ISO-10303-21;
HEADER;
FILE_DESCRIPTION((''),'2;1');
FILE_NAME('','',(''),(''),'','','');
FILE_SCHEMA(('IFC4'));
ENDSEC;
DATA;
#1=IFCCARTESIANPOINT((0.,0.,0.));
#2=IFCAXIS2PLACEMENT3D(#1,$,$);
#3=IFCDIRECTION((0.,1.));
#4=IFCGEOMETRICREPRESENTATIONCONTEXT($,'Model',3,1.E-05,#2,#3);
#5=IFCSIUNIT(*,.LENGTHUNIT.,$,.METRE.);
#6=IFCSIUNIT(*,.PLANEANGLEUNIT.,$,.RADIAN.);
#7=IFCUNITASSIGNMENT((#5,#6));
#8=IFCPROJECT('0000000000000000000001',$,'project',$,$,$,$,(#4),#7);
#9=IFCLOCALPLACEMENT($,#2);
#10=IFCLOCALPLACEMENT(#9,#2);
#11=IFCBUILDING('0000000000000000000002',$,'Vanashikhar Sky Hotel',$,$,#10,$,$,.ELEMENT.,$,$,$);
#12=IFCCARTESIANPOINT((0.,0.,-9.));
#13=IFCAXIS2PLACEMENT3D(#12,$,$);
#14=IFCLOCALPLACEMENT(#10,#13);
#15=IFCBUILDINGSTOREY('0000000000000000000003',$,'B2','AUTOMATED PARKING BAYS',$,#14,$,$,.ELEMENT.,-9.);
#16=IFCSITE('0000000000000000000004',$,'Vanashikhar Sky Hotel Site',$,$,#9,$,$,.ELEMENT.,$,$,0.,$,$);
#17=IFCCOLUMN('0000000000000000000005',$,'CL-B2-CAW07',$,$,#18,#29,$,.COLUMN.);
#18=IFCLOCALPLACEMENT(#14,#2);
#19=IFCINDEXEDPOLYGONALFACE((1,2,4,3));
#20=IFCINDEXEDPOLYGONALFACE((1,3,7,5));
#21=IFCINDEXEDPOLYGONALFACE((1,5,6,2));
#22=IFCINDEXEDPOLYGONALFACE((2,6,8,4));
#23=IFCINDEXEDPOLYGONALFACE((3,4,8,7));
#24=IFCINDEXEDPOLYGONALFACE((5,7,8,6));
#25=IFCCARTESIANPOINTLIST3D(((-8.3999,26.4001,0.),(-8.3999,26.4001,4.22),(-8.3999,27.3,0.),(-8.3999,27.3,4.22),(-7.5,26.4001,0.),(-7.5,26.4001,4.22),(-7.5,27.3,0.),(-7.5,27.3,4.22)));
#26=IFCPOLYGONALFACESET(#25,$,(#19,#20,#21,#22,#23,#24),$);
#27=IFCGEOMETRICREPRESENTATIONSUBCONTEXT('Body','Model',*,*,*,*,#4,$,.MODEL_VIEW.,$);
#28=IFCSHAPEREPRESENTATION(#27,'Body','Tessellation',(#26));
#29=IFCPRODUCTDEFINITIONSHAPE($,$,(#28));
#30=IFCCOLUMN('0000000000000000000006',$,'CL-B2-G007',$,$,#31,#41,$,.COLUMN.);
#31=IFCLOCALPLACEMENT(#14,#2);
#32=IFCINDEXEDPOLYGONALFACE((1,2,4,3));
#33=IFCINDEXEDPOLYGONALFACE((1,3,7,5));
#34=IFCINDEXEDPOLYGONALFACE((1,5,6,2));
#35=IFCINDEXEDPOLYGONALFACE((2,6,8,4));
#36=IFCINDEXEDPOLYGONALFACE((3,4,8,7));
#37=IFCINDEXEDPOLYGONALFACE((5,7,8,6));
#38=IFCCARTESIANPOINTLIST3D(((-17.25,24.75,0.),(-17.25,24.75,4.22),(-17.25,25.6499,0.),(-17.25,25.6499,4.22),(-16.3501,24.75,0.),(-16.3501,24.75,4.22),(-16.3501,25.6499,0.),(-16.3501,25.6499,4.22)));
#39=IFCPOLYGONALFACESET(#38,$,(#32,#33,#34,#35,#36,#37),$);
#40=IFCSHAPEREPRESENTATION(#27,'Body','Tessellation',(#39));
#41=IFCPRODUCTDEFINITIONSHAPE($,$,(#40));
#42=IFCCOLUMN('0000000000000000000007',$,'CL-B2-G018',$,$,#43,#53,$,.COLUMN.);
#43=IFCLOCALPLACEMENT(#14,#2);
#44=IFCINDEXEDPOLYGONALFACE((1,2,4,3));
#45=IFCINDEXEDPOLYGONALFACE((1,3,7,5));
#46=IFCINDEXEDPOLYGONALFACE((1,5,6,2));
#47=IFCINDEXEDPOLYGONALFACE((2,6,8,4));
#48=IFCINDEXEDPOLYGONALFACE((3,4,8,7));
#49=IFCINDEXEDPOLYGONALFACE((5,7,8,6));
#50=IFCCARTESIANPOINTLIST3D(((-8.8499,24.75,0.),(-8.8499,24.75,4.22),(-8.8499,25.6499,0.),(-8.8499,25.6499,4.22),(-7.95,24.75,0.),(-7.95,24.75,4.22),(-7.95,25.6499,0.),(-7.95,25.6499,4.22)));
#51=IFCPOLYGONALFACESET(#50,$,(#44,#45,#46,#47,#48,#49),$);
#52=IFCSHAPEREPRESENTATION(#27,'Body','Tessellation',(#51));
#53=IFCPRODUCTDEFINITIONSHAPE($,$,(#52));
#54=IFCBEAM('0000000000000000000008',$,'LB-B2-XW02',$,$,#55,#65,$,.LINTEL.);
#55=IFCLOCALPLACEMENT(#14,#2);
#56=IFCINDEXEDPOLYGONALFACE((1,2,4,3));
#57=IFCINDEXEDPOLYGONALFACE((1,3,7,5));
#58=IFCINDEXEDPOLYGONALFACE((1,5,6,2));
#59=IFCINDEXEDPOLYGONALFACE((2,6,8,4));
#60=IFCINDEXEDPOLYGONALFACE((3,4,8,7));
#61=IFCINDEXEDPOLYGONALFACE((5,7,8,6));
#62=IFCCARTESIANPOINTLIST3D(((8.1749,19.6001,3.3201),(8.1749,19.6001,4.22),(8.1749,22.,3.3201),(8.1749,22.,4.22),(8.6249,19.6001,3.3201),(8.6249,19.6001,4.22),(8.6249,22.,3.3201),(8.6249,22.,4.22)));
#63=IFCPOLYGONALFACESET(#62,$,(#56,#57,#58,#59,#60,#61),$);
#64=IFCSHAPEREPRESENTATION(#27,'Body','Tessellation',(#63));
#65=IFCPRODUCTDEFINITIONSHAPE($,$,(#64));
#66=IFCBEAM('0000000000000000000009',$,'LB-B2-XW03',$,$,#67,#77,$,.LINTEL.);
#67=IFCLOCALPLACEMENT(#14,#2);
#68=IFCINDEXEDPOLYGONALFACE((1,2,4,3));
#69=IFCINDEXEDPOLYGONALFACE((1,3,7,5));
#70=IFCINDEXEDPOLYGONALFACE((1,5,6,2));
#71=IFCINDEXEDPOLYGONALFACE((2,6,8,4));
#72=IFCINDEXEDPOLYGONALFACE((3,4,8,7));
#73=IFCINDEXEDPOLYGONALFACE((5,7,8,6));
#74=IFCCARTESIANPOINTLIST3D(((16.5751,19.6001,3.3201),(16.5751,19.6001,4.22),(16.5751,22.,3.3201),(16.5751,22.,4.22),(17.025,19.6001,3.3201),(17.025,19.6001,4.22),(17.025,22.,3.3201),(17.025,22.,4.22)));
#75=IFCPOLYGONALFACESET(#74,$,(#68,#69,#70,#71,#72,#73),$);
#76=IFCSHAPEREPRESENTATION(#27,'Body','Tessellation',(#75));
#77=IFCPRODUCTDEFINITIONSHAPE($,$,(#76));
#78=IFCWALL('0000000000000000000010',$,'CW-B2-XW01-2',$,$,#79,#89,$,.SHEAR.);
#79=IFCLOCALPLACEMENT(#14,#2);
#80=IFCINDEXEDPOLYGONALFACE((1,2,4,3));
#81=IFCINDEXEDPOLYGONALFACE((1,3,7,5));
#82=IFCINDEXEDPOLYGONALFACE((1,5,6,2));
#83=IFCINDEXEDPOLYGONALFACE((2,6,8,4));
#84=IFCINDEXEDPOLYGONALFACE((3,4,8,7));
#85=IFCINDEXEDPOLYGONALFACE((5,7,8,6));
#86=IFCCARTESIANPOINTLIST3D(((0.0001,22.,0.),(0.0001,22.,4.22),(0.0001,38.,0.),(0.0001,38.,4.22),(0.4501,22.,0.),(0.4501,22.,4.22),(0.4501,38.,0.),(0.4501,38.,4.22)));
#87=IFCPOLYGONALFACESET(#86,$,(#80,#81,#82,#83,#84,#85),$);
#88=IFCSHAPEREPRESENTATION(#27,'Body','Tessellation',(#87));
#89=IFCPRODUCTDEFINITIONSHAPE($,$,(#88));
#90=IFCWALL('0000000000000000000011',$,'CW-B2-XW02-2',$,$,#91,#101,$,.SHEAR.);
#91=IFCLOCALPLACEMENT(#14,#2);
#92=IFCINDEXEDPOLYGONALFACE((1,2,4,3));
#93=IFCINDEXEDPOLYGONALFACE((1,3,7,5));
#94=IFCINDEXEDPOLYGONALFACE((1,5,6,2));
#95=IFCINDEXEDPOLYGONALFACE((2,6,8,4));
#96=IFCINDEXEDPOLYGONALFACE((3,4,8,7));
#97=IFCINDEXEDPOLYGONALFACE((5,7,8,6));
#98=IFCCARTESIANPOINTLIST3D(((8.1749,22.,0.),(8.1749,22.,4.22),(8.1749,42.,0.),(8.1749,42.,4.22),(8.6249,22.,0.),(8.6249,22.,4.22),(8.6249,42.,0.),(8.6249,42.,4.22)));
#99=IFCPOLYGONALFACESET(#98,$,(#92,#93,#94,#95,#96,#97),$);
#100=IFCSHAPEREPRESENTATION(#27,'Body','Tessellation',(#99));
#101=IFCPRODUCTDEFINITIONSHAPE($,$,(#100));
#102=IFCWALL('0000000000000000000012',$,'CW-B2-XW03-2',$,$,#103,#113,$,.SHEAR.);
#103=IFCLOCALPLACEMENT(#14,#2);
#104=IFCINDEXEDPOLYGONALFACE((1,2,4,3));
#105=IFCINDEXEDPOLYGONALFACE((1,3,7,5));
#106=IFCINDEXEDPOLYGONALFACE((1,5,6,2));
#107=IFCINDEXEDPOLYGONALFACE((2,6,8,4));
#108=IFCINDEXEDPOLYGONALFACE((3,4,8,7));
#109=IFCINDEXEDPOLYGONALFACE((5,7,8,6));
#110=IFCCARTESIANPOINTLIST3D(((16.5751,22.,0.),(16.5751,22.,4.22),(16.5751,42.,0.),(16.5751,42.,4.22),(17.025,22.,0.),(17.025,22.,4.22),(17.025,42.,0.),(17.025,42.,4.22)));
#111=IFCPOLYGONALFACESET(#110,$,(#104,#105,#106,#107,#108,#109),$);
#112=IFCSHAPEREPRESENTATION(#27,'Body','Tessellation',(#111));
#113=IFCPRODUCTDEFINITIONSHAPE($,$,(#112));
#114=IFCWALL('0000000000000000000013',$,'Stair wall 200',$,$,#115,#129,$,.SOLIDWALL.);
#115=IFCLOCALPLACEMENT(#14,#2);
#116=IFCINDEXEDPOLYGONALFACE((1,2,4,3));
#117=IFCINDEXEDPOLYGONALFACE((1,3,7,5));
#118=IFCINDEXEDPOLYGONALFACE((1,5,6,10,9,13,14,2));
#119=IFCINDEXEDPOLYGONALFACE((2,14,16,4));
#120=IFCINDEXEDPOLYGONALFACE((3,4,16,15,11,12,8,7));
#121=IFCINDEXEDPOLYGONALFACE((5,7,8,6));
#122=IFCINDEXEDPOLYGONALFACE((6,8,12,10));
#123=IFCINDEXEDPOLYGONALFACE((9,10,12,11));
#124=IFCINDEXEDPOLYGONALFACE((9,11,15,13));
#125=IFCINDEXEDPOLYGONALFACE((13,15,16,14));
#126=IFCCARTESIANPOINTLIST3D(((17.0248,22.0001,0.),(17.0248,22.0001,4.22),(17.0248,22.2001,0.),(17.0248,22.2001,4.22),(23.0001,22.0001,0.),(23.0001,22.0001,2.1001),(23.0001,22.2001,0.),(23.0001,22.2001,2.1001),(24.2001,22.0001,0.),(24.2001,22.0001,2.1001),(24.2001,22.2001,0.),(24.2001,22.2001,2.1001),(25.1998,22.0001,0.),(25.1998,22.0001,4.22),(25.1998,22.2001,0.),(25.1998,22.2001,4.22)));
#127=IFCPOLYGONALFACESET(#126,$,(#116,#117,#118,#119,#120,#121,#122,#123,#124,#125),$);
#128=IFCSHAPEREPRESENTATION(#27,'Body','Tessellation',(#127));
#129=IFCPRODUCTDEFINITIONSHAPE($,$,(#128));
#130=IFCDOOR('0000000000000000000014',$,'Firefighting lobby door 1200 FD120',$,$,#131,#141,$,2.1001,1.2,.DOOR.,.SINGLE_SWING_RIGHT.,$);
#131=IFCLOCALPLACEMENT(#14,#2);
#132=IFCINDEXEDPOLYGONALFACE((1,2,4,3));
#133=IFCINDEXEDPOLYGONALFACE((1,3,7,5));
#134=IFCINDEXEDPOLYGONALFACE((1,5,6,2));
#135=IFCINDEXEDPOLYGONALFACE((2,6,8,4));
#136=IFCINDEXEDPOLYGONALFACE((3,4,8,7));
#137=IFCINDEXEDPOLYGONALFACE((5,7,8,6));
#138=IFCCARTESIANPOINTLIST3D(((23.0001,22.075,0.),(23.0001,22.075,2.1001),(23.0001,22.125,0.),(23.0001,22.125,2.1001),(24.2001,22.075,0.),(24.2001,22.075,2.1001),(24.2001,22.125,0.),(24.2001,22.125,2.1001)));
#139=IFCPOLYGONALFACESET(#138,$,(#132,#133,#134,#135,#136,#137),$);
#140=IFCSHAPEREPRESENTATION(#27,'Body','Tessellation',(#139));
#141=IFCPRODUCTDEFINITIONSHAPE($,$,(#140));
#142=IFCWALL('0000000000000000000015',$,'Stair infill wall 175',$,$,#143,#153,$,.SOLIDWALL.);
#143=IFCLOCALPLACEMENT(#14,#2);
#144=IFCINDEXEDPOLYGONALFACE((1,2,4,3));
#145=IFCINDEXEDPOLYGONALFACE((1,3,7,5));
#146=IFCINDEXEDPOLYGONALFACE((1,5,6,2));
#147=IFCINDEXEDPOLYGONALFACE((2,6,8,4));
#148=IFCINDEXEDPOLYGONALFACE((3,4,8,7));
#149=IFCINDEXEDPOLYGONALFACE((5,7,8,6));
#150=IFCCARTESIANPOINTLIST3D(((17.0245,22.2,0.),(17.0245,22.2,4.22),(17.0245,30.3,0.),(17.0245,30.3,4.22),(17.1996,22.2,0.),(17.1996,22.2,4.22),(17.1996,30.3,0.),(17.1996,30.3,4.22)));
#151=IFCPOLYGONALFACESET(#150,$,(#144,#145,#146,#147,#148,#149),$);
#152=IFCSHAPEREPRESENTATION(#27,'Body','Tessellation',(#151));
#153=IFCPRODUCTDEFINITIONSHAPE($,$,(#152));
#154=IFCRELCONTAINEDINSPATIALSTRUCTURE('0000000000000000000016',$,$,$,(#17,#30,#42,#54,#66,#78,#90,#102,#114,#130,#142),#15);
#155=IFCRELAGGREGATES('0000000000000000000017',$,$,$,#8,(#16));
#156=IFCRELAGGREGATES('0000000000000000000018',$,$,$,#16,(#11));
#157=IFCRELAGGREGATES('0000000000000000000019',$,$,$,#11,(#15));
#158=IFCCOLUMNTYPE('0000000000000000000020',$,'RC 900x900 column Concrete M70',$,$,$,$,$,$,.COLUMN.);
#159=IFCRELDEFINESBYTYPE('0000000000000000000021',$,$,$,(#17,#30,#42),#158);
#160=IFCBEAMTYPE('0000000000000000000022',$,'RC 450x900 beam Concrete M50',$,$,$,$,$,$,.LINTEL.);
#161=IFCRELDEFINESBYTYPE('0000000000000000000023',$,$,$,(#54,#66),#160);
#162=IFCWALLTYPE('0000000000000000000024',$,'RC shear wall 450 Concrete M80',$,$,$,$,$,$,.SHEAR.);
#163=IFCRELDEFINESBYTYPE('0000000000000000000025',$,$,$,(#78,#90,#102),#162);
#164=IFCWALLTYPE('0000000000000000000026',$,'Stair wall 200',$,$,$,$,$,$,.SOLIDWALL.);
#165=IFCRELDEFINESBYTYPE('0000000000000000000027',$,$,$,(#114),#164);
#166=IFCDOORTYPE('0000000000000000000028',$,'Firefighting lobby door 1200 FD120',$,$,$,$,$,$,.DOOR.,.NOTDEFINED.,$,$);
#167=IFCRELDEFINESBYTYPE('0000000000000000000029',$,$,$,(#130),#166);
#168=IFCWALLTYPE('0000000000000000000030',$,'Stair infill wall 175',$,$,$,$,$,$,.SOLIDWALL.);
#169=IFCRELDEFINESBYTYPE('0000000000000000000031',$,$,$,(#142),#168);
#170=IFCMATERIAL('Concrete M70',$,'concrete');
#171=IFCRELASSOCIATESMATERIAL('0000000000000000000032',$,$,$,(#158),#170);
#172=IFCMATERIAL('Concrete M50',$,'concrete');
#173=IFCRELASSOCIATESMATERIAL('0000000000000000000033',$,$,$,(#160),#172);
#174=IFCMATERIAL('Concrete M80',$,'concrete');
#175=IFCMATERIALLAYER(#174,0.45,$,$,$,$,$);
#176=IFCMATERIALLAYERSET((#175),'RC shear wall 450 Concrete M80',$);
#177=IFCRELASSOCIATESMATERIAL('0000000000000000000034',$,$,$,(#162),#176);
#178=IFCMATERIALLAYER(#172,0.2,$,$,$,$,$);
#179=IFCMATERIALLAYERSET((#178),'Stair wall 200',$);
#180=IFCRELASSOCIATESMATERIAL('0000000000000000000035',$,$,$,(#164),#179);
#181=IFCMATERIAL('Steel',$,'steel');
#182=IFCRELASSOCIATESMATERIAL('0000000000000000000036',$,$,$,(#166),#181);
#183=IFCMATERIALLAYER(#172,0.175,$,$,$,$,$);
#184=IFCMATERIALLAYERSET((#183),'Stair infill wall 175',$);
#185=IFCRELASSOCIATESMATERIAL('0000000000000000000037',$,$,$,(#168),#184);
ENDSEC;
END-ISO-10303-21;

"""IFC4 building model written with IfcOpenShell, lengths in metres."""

from ifc_helpers import new_model, si_unit, direction, frame, frame_2d, origin, origin_2d, place, context, subcontext, project, spatial, rectangle, extrude, source, transform, mapped, material, layer, layer_set, material_profile, profile_set, type_object, element, fill, save


model = new_model("IFC4")

# Units and contexts
model_context = context("Model", 3, precision=1e-05, world=origin(), true_north=direction((0.0, 1.0)))
body_context = subcontext(model_context, "Body", "Model", "MODEL_VIEW")
ifc_project = project(units=[si_unit("LENGTHUNIT", "METRE"), si_unit("PLANEANGLEUNIT", "RADIAN")], contexts=[model_context])

# Site, building, storey
site_placement = place(None, origin())
site = spatial("IfcSite", under=ifc_project, at=site_placement, Name="Vanashikhar Sky Hotel Site", CompositionType="ELEMENT", RefElevation=0.0)
building_placement = place(site_placement, origin())
building = spatial("IfcBuilding", under=site, at=building_placement, Name="Vanashikhar Sky Hotel", CompositionType="ELEMENT")
storey_placement = place(building_placement, frame((0.0, 0.0, -9.0)))
storey = spatial("IfcBuildingStorey", under=building, at=storey_placement, Name="B2", Description="AUTOMATED PARKING BAYS", CompositionType="ELEMENT", Elevation=-9.0)

# Columns
ifc_material_1 = material(Name="Concrete M70", Category="concrete")
ifc_material_profile_1 = material_profile(ifc_material_1, rectangle(XDim=0.8999, YDim=0.8999, at=origin_2d()))
ifc_profile_set_1 = profile_set([ifc_material_profile_1], Name="RC 900x900 column Concrete M70")
column_type = type_object("IfcColumnType", Name="RC 900x900 column Concrete M70", PredefinedType="COLUMN", material=ifc_profile_set_1)
shared_shape_1 = source(origin(), body_context, "Body", "SweptSolid", [
    extrude(rectangle(XDim=0.8999, YDim=0.8999, at=origin_2d()), origin(), (0.0, 0.0, 1.0), 4.22),
])
for number, where, z_axis, x_axis, name in (
    (1, (-7.95, 26.8501, 0.0), (0.0, 0.0, 1.0), (1.0, 0.0, 0.0), "CL-B2-CAW07"),
    (2, (-16.8, 25.2, 0.0), (0.0, 0.0, 1.0), (1.0, 0.0, 0.0), "CL-B2-G007"),
    (3, (-8.3999, 25.2, 0.0), (0.0, 0.0, 1.0), (1.0, 0.0, 0.0), "CL-B2-G018"),
):
    element("IfcColumn", number, at=place(storey_placement, frame(where, z_axis=z_axis, x_axis=x_axis)), inside=storey, type_object=column_type, Name=name, PredefinedType="COLUMN", context=body_context, shape_type="MappedRepresentation", body=[
        mapped(shared_shape_1, transform((0.0, 0.0, 0.0), scale=1.0)),
    ])

# Beams
ifc_material_2 = material(Name="Concrete M50", Category="concrete")
ifc_material_profile_2 = material_profile(ifc_material_2, rectangle(XDim=0.45, YDim=0.8999, at=origin_2d()))
ifc_profile_set_2 = profile_set([ifc_material_profile_2], Name="RC 450x900 beam Concrete M50")
beam_type = type_object("IfcBeamType", Name="RC 450x900 beam Concrete M50", PredefinedType="LINTEL", material=ifc_profile_set_2)
shared_shape_2 = source(origin(), body_context, "Body", "SweptSolid", [
    extrude(rectangle(XDim=0.45, YDim=0.8999, at=origin_2d()), origin(), (0.0, 0.0, 1.0), 2.3999),
])
for number, where, z_axis, x_axis, name in (
    (4, (8.3999, 19.6001, 3.77), (0.0, 1.0, 0.0), (-1.0, 0.0, 0.0), "LB-B2-XW02"),
    (5, (16.8, 19.6001, 3.77), (0.0, 1.0, 0.0), (-1.0, 0.0, 0.0), "LB-B2-XW03"),
):
    element("IfcBeam", number, at=place(storey_placement, frame(where, z_axis=z_axis, x_axis=x_axis)), inside=storey, type_object=beam_type, Name=name, PredefinedType="LINTEL", context=body_context, shape_type="MappedRepresentation", body=[
        mapped(shared_shape_2, transform((0.0, 0.0, 0.0), scale=1.0)),
    ])

# Walls
ifc_material_3 = material(Name="Concrete M80", Category="concrete")
ifc_layer_1 = layer(ifc_material_3, 0.45)
ifc_layer_set_1 = layer_set([ifc_layer_1], Name="RC shear wall 450 Concrete M80")
wall_type_1 = type_object("IfcWallType", Name="RC shear wall 450 Concrete M80", PredefinedType="SHEAR", material=ifc_layer_set_1)
shared_shape_3 = source(origin(), body_context, "Body", "SweptSolid", [
    extrude(rectangle(XDim=16.0, YDim=0.45, at=frame_2d((8.0, 0.0))), origin(), (0.0, 0.0, 1.0), 4.22),
])
wall_1_placement = place(storey_placement, frame((0.2251, 22.0, 0.0), z_axis=(0.0, 0.0, 1.0), x_axis=(0.0, 1.0, 0.0)))
element("IfcWall", 6, at=wall_1_placement, inside=storey, type_object=wall_type_1, Name="CW-B2-XW01-2", PredefinedType="SHEAR", context=body_context, shape_type="MappedRepresentation", body=[
    mapped(shared_shape_3, transform((0.0, 0.0, 0.0), scale=1.0)),
])
shared_shape_4 = source(origin(), body_context, "Body", "SweptSolid", [
    extrude(rectangle(XDim=20.0, YDim=0.45, at=frame_2d((10.0, 0.0))), origin(), (0.0, 0.0, 1.0), 4.22),
])
for number, where, z_axis, x_axis, name in (
    (7, (8.3999, 22.0, 0.0), (0.0, 0.0, 1.0), (0.0, 1.0, 0.0), "CW-B2-XW02-2"),
    (8, (16.8, 22.0, 0.0), (0.0, 0.0, 1.0), (0.0, 1.0, 0.0), "CW-B2-XW03-2"),
):
    element("IfcWall", number, at=place(storey_placement, frame(where, z_axis=z_axis, x_axis=x_axis)), inside=storey, type_object=wall_type_1, Name=name, PredefinedType="SHEAR", context=body_context, shape_type="MappedRepresentation", body=[
        mapped(shared_shape_4, transform((0.0, 0.0, 0.0), scale=1.0)),
    ])

# Wall, opening, door
ifc_layer_2 = layer(ifc_material_2, 0.2)
ifc_layer_set_2 = layer_set([ifc_layer_2], Name="Stair wall 200")
wall_type_2 = type_object("IfcWallType", Name="Stair wall 200", PredefinedType="SOLIDWALL", material=ifc_layer_set_2)
shared_shape_5 = source(origin(), body_context, "Body", "SweptSolid", [
    extrude(rectangle(XDim=8.175, YDim=0.2, at=frame_2d((4.0874, 0.0))), origin(), (0.0, 0.0, 1.0), 4.22),
])
wall_2_placement = place(storey_placement, frame((17.0249, 22.1001, 0.0), z_axis=(0.0, 0.0, 1.0), x_axis=(1.0, 0.0, 0.0)))
wall_2 = element("IfcWall", 9, at=wall_2_placement, inside=storey, type_object=wall_type_2, Name="Stair wall 200", PredefinedType="SOLIDWALL", context=body_context, shape_type="MappedRepresentation", body=[
    mapped(shared_shape_5, transform((0.0, 0.0, 0.0), scale=1.0)),
])
shared_shape_6 = source(origin(), body_context, "Body", "SweptSolid", [
    extrude(rectangle(XDim=1.2, YDim=2.1001, at=frame_2d((0.6001, 1.05))), frame((0.0, 0.1099, 0.0), z_axis=(0.0, -1.0, 0.0), x_axis=(1.0, 0.0, 0.0)), (0.0, 0.0, 1.0), 0.22),
])
opening_1_placement = place(wall_2_placement, frame((5.9751, 0.0, 0.0)))
opening_1 = element("IfcOpeningElement", 10, at=opening_1_placement, cuts=wall_2, PredefinedType="OPENING", context=body_context, shape_type="MappedRepresentation", body=[
    mapped(shared_shape_6, transform((0.0, 0.0, 0.0), scale=1.0)),
])
ifc_material_4 = material(Name="Steel", Category="steel")
door_type_1 = type_object("IfcDoorType", Name="Firefighting lobby door 1200 FD120", OperationType="NOTDEFINED", PredefinedType="DOOR", material=ifc_material_4)
shared_shape_7 = source(origin(), body_context, "Body", "SweptSolid", [
    extrude(rectangle(XDim=1.2, YDim=2.1001, at=frame_2d((0.6001, 1.05))), frame((0.0, 0.0249, 0.0), z_axis=(0.0, -1.0, 0.0), x_axis=(1.0, 0.0, 0.0)), (0.0, 0.0, 1.0), 0.05),
])
door_1_placement = place(opening_1_placement, origin())
door_1 = element("IfcDoor", 11, at=door_1_placement, inside=storey, type_object=door_type_1, Name="Firefighting lobby door 1200 FD120", OperationType="SINGLE_SWING_RIGHT", OverallHeight=2.1001, OverallWidth=1.2, PredefinedType="DOOR", context=body_context, shape_type="MappedRepresentation", body=[
    mapped(shared_shape_7, transform((0.0, 0.0, 0.0), scale=1.0)),
])
fill(opening_1, door_1)

# Wall
ifc_layer_3 = layer(ifc_material_2, 0.175)
ifc_layer_set_3 = layer_set([ifc_layer_3], Name="Stair infill wall 175")
wall_type_3 = type_object("IfcWallType", Name="Stair infill wall 175", PredefinedType="SOLIDWALL", material=ifc_layer_set_3)
shared_shape_8 = source(origin(), body_context, "Body", "SweptSolid", [
    extrude(rectangle(XDim=8.1001, YDim=0.175, at=frame_2d((4.05, 0.0))), origin(), (0.0, 0.0, 1.0), 4.22),
])
wall_3_placement = place(storey_placement, frame((17.1121, 22.2, 0.0), z_axis=(0.0, 0.0, 1.0), x_axis=(0.0, 1.0, 0.0)))
element("IfcWall", 12, at=wall_3_placement, inside=storey, type_object=wall_type_3, Name="Stair infill wall 175", PredefinedType="SOLIDWALL", context=body_context, shape_type="MappedRepresentation", body=[
    mapped(shared_shape_8, transform((0.0, 0.0, 0.0), scale=1.0)),
])

save(model, "model.ifc")
